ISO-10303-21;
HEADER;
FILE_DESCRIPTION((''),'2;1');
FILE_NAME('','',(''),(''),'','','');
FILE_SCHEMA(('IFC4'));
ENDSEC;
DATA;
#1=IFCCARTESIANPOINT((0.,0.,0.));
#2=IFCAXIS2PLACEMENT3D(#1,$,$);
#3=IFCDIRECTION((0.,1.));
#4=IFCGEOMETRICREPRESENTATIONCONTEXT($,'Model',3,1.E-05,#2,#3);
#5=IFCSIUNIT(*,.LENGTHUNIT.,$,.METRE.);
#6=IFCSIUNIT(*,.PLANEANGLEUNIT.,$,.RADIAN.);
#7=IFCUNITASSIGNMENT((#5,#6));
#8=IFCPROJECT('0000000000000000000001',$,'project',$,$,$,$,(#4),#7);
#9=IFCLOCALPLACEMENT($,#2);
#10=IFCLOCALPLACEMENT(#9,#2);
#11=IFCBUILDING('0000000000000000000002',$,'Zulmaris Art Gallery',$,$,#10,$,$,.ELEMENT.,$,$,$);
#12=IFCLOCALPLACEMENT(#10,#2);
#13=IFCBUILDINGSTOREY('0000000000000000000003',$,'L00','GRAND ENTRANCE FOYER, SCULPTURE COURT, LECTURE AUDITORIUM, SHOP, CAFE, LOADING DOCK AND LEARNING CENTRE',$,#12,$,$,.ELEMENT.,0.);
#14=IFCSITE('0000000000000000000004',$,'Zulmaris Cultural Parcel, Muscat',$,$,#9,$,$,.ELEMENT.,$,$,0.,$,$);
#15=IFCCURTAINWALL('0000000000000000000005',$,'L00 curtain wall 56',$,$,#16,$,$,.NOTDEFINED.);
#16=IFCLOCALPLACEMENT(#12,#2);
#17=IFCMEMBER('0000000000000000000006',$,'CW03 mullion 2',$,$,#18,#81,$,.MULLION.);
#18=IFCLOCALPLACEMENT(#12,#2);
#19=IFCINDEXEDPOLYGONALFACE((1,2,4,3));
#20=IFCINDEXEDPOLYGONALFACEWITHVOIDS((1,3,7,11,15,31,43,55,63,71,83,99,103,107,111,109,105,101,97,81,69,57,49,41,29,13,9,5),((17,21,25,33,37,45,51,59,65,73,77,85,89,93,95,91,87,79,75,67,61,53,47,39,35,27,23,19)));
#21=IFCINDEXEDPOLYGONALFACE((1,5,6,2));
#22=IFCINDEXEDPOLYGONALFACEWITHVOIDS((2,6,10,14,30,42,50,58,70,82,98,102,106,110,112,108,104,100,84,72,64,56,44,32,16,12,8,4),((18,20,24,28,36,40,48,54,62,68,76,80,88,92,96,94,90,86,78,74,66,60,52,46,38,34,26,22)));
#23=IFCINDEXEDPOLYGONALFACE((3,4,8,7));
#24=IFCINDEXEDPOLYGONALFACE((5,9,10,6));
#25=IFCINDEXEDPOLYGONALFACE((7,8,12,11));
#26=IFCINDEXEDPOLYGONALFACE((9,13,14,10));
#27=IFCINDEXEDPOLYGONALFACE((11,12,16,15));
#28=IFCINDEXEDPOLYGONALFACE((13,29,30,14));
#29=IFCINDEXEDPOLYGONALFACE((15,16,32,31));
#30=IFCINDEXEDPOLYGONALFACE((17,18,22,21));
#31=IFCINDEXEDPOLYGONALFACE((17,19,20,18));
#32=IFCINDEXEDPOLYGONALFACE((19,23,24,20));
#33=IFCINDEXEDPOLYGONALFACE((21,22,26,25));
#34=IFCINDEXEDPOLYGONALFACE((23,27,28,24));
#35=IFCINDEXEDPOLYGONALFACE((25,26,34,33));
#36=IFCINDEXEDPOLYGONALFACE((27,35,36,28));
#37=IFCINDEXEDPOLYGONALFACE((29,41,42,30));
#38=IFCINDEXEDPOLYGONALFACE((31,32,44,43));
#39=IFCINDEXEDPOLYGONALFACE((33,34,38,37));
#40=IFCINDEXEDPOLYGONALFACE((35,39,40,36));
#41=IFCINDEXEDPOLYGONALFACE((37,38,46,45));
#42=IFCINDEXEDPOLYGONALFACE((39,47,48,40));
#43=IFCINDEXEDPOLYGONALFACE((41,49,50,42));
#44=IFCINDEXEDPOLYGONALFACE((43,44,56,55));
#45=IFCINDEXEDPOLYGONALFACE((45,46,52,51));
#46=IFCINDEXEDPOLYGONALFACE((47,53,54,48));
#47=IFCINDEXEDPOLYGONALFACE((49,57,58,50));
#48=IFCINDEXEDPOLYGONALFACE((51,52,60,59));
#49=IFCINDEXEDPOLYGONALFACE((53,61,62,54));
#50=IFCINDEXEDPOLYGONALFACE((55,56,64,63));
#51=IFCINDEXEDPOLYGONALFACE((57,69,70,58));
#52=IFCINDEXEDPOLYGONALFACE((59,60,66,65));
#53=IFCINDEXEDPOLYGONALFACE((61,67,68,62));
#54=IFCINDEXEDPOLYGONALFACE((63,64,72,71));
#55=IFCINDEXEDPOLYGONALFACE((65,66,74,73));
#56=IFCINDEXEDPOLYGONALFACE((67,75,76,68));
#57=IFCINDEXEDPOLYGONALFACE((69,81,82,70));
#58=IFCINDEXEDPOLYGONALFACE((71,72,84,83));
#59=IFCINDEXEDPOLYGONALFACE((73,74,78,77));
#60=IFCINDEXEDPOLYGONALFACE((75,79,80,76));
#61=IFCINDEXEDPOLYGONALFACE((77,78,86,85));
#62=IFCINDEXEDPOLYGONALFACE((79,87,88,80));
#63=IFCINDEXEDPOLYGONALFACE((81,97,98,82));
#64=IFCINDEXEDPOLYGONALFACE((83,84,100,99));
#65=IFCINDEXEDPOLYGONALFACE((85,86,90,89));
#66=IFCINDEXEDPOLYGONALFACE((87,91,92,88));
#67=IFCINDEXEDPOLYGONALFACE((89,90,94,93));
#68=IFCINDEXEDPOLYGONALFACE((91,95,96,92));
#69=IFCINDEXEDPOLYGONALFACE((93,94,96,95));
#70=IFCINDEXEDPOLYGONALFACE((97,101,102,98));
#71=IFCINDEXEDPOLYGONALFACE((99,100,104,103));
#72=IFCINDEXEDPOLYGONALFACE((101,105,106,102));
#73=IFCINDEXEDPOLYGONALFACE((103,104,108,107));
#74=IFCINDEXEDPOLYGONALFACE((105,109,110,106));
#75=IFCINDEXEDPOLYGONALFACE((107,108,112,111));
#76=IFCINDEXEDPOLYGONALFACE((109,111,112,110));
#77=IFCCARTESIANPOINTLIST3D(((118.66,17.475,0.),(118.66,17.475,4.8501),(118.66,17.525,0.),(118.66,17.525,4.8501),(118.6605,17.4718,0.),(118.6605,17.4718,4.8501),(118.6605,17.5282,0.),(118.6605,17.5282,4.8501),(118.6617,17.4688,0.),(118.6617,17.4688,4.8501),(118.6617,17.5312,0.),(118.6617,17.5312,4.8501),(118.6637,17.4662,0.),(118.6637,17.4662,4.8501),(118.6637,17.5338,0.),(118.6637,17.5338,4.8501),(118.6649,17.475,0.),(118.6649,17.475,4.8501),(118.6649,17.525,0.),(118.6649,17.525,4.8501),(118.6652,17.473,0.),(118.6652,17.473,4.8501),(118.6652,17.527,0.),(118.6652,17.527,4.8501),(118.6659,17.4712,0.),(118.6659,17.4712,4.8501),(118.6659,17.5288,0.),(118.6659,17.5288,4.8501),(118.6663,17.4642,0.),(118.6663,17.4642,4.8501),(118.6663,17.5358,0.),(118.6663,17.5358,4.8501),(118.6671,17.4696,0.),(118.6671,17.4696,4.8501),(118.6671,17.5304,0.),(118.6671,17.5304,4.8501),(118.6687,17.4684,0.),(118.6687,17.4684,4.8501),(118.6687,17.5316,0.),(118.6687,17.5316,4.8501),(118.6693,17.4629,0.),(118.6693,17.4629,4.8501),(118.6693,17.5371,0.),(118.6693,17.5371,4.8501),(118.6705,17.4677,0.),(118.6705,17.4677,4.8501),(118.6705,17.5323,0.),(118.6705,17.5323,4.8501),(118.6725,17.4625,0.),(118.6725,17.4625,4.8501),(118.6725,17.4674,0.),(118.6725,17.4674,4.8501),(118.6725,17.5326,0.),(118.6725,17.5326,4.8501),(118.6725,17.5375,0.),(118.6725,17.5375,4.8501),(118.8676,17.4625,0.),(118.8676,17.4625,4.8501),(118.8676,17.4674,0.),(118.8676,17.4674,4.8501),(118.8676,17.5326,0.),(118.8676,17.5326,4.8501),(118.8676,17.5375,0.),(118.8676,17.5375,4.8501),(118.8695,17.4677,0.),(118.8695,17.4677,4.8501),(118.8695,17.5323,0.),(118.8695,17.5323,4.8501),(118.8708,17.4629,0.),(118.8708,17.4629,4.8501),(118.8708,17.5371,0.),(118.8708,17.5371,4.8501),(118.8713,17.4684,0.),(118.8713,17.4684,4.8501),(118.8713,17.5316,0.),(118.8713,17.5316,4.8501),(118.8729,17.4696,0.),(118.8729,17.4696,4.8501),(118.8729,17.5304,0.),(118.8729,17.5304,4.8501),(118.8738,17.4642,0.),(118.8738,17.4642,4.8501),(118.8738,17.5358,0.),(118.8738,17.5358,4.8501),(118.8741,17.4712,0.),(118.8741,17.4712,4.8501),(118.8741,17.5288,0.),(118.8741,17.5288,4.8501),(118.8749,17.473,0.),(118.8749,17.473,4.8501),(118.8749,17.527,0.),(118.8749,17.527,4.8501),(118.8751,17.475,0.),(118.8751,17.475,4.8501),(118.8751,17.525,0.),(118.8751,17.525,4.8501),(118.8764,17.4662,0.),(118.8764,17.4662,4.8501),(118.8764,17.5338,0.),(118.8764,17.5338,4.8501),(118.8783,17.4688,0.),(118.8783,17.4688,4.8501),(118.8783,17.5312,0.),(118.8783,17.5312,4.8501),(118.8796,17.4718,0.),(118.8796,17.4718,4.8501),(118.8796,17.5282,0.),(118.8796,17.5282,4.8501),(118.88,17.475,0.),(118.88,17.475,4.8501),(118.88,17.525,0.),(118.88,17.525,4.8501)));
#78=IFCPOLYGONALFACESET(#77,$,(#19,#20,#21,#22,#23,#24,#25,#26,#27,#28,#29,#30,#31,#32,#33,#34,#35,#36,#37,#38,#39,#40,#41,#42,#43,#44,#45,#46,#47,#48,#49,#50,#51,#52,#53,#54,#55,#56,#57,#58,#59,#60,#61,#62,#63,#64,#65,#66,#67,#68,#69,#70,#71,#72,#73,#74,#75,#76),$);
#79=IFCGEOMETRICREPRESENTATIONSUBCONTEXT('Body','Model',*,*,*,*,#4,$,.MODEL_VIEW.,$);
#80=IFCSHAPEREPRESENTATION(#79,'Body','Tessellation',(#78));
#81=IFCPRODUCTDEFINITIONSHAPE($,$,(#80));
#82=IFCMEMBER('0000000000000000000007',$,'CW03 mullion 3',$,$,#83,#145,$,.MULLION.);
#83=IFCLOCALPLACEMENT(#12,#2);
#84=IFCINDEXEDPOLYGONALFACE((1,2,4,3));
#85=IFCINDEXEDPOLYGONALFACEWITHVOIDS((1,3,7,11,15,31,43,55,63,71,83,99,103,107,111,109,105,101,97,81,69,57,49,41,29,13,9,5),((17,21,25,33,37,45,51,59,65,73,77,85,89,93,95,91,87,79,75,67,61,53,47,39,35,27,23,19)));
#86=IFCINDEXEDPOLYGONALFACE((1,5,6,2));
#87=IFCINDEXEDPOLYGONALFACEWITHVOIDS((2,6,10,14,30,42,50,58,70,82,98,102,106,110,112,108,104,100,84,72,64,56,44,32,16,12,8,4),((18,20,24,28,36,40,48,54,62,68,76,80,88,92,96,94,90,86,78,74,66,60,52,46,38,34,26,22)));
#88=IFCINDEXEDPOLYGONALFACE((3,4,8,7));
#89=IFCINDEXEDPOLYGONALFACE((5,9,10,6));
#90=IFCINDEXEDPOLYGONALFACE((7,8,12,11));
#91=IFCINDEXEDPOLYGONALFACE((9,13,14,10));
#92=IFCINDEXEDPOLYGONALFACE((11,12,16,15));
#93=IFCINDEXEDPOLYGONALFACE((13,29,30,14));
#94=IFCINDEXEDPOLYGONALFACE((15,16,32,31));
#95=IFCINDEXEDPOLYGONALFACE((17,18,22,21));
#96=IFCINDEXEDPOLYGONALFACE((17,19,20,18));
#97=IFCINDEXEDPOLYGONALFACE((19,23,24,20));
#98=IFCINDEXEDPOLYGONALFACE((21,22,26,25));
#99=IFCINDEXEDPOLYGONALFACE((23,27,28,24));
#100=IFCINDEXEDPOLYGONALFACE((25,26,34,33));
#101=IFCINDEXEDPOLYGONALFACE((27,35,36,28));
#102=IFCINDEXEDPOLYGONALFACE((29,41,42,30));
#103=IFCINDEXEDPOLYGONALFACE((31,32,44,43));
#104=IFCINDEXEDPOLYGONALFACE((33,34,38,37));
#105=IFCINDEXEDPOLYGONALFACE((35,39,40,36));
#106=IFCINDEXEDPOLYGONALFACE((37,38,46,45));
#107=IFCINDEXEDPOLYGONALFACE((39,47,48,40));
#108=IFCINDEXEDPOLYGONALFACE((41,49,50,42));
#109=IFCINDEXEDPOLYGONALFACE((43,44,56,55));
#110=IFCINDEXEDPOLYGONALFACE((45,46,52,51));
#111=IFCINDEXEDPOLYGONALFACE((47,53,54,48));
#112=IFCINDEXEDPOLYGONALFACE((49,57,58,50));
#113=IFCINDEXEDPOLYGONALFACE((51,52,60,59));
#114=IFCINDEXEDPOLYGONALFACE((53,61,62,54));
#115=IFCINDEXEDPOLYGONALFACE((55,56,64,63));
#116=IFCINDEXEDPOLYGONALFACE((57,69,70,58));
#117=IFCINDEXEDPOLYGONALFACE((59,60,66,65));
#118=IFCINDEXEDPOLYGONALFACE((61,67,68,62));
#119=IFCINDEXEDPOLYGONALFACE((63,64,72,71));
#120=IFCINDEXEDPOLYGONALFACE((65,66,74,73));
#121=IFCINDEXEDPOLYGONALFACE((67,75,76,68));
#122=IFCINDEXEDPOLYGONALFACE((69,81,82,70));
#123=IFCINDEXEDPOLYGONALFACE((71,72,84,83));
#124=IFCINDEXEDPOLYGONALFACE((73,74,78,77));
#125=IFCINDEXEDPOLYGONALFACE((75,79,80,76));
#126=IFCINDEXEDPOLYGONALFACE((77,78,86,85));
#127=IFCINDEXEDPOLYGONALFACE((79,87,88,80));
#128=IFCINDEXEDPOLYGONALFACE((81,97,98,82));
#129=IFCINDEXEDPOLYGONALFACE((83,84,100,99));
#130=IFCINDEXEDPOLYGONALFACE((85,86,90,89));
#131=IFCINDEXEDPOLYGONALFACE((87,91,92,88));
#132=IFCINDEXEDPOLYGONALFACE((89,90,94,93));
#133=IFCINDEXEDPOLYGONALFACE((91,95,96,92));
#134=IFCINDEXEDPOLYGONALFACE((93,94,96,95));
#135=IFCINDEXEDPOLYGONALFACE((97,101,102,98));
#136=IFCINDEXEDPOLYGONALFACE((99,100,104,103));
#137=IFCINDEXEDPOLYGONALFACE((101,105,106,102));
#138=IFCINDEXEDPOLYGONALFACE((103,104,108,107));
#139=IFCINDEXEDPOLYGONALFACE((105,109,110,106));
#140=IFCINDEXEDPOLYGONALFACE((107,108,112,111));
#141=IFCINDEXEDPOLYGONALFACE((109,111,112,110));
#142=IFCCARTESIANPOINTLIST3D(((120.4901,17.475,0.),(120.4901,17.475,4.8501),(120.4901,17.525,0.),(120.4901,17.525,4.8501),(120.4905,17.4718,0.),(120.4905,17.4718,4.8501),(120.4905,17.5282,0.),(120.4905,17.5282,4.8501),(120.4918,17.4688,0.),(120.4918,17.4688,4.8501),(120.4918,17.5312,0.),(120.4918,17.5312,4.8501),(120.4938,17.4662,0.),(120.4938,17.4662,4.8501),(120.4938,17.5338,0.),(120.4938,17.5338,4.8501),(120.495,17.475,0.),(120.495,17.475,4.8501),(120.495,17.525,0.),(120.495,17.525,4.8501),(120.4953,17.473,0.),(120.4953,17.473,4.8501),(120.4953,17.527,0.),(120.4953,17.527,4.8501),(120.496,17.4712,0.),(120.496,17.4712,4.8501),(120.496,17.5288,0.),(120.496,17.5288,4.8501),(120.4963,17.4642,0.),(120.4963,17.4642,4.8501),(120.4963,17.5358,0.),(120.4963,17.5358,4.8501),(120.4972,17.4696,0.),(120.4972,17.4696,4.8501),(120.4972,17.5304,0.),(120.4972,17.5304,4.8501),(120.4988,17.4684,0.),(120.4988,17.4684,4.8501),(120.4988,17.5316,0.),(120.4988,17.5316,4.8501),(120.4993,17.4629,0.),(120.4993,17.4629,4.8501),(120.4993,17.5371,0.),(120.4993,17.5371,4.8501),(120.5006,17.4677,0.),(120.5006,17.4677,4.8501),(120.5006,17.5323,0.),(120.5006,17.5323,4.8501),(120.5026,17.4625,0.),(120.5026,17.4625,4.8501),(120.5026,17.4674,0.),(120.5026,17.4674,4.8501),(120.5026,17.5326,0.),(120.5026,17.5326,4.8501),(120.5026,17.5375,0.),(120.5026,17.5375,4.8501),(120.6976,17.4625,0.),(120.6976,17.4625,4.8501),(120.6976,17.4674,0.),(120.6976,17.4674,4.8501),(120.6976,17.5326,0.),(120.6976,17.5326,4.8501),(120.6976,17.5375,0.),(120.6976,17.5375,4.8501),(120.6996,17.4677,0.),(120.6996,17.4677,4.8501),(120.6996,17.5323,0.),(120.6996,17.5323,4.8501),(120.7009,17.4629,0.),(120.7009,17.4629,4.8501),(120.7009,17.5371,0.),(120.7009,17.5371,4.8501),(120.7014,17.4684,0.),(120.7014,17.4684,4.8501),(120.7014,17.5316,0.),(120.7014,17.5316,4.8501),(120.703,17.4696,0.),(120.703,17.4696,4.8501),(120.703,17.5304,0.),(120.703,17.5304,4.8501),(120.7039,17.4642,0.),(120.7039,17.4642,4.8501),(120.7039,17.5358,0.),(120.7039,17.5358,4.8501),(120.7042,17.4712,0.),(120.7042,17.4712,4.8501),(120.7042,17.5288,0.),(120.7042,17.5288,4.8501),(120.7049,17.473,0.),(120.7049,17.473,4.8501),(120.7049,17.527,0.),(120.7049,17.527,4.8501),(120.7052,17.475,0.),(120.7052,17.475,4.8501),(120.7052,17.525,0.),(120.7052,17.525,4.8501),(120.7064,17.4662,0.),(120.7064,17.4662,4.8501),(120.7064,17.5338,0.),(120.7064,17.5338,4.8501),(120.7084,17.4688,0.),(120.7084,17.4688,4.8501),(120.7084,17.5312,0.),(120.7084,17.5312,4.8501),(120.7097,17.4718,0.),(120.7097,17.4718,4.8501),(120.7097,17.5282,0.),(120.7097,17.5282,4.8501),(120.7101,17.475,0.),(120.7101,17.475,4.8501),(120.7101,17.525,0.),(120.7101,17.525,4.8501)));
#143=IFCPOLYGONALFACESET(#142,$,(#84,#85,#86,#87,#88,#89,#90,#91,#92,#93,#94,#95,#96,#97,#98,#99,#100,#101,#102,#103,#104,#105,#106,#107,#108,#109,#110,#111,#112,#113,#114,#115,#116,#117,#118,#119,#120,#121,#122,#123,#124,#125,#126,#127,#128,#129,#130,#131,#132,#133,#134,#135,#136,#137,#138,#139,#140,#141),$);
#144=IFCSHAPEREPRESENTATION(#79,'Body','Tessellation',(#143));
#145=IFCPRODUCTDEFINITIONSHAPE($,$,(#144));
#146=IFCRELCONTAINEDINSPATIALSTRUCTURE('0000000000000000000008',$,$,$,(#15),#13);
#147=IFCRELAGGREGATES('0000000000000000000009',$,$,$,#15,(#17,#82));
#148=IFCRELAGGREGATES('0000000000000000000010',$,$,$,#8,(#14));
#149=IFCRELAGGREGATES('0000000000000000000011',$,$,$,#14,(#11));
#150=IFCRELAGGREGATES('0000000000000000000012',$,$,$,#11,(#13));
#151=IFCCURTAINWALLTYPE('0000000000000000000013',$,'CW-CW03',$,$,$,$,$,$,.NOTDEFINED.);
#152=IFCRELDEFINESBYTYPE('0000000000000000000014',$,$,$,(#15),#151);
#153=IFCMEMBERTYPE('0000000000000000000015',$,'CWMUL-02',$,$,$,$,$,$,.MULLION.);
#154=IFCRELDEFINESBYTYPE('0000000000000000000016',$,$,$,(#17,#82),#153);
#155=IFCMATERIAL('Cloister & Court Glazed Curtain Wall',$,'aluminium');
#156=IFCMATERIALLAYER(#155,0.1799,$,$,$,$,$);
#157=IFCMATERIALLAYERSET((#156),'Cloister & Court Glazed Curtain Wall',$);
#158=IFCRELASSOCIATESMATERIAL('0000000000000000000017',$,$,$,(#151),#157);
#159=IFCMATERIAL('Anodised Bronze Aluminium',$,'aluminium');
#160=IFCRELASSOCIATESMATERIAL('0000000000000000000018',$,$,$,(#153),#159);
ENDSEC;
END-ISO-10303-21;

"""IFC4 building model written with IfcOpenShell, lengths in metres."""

from ifc_helpers import new_model, si_unit, direction, frame, origin, origin_2d, place, context, subcontext, project, spatial, hollow_rectangle, extrude, material, layer, layer_set, material_profile, profile_set, type_object, element, aggregate, save


model = new_model("IFC4")

# Units and contexts
model_context = context("Model", 3, precision=1e-05, world=origin(), true_north=direction((0.0, 1.0)))
body_context = subcontext(model_context, "Body", "Model", "MODEL_VIEW")
ifc_project = project(units=[si_unit("LENGTHUNIT", "METRE"), si_unit("PLANEANGLEUNIT", "RADIAN")], contexts=[model_context])

# Site, building, storey
site_placement = place(None, origin())
site = spatial("IfcSite", under=ifc_project, at=site_placement, Name="Zulmaris Cultural Parcel, Muscat", CompositionType="ELEMENT", RefElevation=0.0)
building_placement = place(site_placement, origin())
building = spatial("IfcBuilding", under=site, at=building_placement, Name="Zulmaris Art Gallery", CompositionType="ELEMENT")
storey_placement = place(building_placement, origin())
storey = spatial("IfcBuildingStorey", under=building, at=storey_placement, Name="L00", Description="GRAND ENTRANCE FOYER, SCULPTURE COURT, LECTURE AUDITORIUM, SHOP, CAFE, LOADING DOCK AND LEARNING CENTRE", CompositionType="ELEMENT", Elevation=0.0)

# Curtain wall, members
ifc_material_1 = material(Name="Cloister & Court Glazed Curtain Wall", Category="aluminium")
ifc_layer_1 = layer(ifc_material_1, 0.1799)
ifc_layer_set_1 = layer_set([ifc_layer_1], Name="Cloister & Court Glazed Curtain Wall")
curtain_wall_type = type_object("IfcCurtainWallType", Name="CW-CW03", PredefinedType="NOTDEFINED", material=ifc_layer_set_1)
curtain_wall_placement = place(storey_placement, origin())
curtain_wall = element("IfcCurtainWall", 1, at=curtain_wall_placement, inside=storey, type_object=curtain_wall_type, Name="L00 curtain wall 56", PredefinedType="NOTDEFINED")
ifc_material_2 = material(Name="Anodised Bronze Aluminium", Category="aluminium")
ifc_material_profile_1 = material_profile(ifc_material_2, hollow_rectangle(XDim=0.075, YDim=0.22, WallThickness=0.0049, InnerFilletRadius=0.0076, OuterFilletRadius=0.0125, at=origin_2d()), Name="ALU 75x220x5")
ifc_profile_set_1 = profile_set([ifc_material_profile_1], Name="Anodised Bronze Aluminium")
member_type_1 = type_object("IfcMemberType", Name="CWMUL-02", PredefinedType="MULLION", material=ifc_profile_set_1)
member_1_placement = place(storey_placement, frame((118.77, 17.5, 0.0), z_axis=(0.0, 0.0, 1.0), x_axis=(0.0, 1.0, 0.0)))
member_1 = element("IfcMember", 2, at=member_1_placement, type_object=member_type_1, Name="CW03 mullion 2", PredefinedType="MULLION", context=body_context, shape_type="SweptSolid", body=[
    extrude(hollow_rectangle(XDim=0.075, YDim=0.22, WallThickness=0.0049, InnerFilletRadius=0.0076, OuterFilletRadius=0.0125, at=origin_2d()), origin(), (0.0, 0.0, 1.0), 4.8501),
])
member_2_placement = place(storey_placement, frame((120.6001, 17.5, 0.0), z_axis=(0.0, 0.0, 1.0), x_axis=(0.0, 1.0, 0.0)))
member_2 = element("IfcMember", 3, at=member_2_placement, type_object=member_type_1, Name="CW03 mullion 3", PredefinedType="MULLION", context=body_context, shape_type="SweptSolid", body=[
    extrude(hollow_rectangle(XDim=0.075, YDim=0.22, WallThickness=0.0049, InnerFilletRadius=0.0076, OuterFilletRadius=0.0125, at=origin_2d()), origin(), (0.0, 0.0, 1.0), 4.8501),
])
aggregate(curtain_wall, [member_1, member_2])

save(model, "model.ifc")
